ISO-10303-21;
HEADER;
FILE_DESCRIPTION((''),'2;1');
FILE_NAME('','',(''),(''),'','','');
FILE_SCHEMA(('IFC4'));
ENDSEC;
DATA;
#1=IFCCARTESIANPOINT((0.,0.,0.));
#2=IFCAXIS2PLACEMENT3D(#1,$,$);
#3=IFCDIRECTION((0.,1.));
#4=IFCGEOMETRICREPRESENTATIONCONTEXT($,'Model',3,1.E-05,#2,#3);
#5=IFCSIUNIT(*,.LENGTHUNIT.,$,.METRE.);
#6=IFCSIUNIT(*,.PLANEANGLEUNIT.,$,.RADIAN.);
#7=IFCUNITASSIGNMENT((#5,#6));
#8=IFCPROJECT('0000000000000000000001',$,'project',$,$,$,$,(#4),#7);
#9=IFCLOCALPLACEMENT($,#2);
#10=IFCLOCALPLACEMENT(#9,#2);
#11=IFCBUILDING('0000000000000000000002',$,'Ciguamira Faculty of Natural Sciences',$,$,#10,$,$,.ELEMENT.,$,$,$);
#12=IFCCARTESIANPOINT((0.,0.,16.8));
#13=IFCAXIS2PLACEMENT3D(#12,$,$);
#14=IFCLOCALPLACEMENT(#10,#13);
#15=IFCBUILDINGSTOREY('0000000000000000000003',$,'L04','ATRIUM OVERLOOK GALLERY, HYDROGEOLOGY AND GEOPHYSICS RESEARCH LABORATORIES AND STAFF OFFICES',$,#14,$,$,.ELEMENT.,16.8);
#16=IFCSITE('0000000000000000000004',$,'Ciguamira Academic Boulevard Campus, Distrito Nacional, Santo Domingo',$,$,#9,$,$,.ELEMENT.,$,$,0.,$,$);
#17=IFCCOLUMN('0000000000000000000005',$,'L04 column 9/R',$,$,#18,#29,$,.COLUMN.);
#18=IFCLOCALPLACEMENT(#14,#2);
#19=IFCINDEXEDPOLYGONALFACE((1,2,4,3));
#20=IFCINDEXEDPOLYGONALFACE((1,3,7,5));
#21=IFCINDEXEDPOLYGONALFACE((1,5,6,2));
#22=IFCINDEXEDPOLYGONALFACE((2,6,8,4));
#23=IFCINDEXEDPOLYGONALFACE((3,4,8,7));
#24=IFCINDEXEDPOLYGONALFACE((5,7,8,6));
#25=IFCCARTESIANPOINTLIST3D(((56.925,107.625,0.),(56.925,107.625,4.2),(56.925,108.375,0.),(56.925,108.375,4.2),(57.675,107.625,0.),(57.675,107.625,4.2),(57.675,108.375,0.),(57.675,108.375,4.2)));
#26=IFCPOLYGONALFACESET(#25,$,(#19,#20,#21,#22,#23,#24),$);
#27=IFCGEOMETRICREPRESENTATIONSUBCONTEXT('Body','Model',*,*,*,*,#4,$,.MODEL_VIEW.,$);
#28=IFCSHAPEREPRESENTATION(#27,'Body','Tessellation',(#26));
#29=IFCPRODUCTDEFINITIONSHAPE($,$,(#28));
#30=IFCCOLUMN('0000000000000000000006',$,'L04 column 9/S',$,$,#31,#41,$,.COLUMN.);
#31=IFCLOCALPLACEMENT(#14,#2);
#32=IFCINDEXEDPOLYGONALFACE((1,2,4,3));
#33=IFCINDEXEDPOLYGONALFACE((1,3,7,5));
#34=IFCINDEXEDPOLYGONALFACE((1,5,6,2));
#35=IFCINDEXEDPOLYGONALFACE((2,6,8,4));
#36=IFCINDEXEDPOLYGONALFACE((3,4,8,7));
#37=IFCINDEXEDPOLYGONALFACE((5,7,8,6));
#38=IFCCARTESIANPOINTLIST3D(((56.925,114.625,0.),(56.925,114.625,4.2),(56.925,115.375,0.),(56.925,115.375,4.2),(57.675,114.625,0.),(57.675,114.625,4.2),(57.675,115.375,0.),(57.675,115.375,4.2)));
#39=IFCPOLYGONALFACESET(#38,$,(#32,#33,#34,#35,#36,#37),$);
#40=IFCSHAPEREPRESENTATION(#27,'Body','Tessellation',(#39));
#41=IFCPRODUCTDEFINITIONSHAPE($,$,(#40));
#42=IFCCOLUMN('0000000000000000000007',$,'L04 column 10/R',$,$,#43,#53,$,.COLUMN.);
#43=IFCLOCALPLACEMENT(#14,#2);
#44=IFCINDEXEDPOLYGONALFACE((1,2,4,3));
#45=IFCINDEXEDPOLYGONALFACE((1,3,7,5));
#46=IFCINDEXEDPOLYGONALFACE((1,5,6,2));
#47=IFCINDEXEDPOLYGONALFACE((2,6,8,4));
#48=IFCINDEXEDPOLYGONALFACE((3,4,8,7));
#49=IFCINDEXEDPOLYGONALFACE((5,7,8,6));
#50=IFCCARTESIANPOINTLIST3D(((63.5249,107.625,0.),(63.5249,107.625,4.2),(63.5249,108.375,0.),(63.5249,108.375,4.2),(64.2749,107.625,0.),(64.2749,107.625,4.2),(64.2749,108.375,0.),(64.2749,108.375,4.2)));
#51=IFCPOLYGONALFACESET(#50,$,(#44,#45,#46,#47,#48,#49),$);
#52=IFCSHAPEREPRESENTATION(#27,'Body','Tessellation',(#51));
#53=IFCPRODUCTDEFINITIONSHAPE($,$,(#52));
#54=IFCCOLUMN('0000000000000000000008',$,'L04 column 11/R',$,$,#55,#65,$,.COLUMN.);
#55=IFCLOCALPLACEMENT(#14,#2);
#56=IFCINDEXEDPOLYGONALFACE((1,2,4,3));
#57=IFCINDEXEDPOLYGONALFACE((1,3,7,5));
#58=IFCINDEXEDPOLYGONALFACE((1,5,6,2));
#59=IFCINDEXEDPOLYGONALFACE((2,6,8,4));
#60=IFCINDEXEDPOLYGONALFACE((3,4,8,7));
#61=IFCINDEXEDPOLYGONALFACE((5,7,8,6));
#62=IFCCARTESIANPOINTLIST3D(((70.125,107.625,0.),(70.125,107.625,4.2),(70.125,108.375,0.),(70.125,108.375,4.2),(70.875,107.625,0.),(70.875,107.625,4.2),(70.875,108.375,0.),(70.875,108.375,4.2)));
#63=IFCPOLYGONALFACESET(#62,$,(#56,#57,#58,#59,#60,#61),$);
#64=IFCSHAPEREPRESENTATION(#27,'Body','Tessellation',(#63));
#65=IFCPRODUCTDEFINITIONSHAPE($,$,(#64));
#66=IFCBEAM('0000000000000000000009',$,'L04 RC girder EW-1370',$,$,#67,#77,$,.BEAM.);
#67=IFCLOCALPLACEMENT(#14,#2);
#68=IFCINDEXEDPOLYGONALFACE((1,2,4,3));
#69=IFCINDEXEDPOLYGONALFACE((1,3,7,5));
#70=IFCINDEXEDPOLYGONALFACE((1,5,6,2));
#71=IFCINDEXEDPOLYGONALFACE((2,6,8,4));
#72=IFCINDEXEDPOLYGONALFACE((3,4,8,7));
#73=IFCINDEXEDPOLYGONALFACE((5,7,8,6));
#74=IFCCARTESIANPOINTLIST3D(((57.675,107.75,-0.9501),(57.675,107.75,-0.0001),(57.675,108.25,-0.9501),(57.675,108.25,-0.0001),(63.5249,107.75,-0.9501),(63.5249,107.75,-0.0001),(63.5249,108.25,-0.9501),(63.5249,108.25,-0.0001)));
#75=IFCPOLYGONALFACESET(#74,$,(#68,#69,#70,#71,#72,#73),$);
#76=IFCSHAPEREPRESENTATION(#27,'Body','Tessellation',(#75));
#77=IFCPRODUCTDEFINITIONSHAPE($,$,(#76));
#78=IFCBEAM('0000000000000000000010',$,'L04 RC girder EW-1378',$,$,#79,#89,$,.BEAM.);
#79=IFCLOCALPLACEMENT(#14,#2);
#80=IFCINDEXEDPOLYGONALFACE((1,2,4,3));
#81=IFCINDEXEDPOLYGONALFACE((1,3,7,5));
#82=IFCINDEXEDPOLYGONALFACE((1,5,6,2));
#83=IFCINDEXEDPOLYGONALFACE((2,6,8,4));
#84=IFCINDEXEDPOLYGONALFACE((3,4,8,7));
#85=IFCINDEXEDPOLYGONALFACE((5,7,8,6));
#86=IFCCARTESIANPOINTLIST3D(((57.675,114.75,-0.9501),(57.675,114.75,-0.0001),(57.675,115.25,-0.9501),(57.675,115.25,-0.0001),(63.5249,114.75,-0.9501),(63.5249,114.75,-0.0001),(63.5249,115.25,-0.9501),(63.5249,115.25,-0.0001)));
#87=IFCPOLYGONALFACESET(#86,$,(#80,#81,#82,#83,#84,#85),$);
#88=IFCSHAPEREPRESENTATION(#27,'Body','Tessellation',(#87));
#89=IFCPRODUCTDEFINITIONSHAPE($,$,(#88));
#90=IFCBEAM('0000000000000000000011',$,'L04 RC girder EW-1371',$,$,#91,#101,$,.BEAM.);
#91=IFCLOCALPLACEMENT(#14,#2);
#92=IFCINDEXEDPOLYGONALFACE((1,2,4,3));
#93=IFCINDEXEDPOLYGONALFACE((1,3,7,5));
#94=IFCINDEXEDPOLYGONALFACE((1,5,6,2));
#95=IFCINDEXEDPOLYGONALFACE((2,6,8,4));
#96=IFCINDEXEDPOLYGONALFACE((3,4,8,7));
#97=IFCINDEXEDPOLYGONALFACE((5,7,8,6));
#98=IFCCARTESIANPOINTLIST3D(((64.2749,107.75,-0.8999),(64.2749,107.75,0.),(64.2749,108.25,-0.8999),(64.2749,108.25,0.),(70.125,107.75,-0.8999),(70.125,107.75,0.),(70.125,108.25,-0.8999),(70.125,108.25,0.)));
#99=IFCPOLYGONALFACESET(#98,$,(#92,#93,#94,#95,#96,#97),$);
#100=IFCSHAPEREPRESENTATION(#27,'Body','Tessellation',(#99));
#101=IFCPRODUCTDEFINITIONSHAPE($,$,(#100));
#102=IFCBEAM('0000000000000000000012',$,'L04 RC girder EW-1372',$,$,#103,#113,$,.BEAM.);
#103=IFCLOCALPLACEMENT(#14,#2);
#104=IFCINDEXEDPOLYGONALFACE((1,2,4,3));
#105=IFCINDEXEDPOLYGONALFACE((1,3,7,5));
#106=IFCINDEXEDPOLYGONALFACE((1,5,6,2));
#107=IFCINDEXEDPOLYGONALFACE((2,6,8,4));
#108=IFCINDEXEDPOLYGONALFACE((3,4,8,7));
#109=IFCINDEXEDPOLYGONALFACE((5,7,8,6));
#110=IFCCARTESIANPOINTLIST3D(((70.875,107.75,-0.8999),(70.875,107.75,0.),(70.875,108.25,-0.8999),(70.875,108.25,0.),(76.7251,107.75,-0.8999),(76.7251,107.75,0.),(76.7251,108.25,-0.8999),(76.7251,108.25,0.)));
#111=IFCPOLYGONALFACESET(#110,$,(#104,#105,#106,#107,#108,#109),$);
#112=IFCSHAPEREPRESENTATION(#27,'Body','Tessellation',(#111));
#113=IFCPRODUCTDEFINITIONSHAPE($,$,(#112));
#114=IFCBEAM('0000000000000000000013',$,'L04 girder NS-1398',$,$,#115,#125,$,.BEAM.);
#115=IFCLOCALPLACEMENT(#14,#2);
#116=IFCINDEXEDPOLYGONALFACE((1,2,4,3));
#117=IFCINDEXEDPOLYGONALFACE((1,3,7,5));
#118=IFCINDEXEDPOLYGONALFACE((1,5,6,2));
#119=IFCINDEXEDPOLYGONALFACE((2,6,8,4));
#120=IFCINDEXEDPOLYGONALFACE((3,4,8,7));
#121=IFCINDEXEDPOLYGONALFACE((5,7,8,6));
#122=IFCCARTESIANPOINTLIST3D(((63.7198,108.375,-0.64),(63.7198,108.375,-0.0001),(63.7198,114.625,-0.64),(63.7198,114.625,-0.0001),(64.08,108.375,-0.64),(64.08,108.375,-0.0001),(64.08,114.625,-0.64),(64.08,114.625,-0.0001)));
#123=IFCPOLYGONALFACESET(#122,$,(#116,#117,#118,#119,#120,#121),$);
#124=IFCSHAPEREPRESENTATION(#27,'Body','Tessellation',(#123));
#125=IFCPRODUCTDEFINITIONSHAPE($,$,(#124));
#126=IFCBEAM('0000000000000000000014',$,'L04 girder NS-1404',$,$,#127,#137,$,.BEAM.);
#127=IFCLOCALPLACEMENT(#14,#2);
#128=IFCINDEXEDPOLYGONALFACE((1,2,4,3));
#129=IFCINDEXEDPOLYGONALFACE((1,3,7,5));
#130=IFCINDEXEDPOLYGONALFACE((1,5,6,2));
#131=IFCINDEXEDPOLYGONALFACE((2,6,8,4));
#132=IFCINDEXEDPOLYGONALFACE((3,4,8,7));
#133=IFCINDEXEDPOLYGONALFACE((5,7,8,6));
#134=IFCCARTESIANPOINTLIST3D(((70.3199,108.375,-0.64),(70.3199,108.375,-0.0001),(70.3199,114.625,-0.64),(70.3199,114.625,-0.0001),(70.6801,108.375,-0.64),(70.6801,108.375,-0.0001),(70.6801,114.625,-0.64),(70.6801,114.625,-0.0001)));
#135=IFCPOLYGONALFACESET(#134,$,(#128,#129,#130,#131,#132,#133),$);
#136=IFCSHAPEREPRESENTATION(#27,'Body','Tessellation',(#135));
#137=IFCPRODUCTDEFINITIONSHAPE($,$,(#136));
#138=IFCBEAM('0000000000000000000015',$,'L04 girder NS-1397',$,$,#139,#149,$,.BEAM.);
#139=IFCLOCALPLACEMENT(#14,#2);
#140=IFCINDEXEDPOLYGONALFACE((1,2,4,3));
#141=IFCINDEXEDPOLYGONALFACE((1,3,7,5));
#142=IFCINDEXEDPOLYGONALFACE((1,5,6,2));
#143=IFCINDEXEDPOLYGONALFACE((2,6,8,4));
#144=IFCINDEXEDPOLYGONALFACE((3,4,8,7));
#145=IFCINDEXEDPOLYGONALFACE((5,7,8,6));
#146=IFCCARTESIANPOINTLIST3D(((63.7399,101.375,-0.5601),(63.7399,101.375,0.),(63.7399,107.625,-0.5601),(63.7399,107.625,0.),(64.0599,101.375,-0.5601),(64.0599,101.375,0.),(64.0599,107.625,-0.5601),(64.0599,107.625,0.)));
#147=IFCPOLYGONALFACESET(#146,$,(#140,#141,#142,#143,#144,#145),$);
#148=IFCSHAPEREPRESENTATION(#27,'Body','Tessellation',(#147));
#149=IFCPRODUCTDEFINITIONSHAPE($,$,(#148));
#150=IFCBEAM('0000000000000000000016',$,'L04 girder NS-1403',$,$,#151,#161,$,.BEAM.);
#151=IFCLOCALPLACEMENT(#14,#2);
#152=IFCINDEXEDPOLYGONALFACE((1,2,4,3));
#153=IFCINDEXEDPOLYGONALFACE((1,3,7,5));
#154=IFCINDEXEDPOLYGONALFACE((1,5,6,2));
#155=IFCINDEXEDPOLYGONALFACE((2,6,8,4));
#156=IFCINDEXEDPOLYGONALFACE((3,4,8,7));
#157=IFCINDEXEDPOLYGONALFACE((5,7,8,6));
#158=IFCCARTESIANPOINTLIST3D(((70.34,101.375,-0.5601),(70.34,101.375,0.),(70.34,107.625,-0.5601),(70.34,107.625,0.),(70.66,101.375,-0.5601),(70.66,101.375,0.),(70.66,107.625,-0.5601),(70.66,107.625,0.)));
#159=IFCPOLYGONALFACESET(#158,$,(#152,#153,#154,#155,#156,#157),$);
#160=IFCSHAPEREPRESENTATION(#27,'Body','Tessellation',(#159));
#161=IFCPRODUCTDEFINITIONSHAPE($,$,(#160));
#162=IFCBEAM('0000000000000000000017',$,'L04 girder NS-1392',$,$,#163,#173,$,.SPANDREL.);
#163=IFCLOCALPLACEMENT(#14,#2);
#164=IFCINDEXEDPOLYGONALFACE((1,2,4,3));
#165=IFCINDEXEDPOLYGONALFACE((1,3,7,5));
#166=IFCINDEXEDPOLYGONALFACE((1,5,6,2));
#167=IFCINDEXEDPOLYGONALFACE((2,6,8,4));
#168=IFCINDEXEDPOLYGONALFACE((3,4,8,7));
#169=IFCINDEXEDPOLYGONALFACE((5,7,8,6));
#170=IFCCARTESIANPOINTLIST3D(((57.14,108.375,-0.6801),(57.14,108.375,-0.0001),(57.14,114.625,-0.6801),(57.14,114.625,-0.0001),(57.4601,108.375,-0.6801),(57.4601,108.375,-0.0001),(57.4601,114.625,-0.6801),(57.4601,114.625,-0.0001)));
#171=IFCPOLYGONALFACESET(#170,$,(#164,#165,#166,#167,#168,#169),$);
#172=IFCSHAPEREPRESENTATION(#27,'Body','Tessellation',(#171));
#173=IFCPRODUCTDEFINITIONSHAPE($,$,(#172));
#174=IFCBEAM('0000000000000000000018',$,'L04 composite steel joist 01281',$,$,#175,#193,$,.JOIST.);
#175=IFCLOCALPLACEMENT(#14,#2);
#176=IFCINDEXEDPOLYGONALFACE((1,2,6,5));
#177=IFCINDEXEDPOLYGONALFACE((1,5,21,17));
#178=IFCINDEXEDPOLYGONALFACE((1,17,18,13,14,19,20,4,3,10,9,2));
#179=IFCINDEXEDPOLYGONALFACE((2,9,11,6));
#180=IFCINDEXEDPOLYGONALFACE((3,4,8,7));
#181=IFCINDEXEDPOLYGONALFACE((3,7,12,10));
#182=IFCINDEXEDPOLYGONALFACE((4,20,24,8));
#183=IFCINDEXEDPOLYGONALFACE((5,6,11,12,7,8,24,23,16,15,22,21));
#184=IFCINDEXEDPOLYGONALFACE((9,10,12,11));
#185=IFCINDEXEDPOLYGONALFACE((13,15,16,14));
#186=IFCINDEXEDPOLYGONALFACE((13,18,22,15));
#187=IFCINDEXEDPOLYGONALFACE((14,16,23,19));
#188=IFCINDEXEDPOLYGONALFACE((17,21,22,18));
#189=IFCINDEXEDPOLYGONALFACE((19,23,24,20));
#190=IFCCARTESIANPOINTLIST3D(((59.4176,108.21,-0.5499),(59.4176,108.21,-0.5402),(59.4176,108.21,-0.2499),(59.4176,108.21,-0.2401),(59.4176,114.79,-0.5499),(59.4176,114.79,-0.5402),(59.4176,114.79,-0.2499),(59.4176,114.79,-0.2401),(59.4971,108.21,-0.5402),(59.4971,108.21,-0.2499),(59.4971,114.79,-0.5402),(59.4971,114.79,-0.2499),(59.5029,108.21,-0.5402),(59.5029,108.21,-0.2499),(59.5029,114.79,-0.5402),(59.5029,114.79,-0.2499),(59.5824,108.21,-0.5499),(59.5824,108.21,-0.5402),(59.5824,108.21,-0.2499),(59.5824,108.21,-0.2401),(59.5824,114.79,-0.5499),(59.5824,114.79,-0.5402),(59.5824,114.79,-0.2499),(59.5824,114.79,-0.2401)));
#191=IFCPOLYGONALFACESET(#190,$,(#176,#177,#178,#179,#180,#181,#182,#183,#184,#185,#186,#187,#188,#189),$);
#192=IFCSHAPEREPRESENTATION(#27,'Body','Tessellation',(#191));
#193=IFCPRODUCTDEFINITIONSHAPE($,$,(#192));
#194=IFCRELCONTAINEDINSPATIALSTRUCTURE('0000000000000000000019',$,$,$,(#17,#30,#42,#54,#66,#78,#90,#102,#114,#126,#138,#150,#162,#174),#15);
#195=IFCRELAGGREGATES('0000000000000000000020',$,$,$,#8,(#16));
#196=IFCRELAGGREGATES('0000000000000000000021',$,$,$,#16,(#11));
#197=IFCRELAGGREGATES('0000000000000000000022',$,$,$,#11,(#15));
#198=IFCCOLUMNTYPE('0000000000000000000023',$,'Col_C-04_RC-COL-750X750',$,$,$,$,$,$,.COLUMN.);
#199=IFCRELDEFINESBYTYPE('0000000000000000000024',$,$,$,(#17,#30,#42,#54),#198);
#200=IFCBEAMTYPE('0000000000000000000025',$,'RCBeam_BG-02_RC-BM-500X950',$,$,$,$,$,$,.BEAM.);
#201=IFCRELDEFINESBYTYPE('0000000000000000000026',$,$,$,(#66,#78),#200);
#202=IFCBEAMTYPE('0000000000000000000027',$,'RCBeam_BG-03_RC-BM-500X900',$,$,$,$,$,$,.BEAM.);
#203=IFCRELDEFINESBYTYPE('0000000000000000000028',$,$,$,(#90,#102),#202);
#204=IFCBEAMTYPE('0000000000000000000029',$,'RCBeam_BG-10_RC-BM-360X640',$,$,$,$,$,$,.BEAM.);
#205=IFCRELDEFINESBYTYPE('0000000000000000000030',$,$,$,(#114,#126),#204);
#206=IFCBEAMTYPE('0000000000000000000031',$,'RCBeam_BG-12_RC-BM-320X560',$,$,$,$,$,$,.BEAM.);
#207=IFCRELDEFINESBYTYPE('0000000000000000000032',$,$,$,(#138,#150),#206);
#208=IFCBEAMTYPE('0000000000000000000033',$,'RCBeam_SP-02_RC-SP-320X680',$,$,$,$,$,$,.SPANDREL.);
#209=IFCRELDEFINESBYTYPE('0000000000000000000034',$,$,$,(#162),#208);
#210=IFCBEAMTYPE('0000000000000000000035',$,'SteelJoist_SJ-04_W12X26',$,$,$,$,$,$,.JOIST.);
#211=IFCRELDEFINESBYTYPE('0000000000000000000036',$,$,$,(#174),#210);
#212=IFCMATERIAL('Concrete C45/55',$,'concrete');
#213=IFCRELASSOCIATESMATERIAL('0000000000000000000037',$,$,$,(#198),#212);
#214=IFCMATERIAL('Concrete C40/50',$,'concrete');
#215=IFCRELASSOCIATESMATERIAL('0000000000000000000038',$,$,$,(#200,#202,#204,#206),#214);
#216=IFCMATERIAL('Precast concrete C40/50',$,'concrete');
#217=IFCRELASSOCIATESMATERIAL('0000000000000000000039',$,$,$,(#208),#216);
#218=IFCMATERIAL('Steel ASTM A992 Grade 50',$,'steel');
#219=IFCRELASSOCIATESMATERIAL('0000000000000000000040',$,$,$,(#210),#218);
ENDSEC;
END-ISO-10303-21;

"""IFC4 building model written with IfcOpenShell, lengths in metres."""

from ifc_helpers import new_model, si_unit, direction, frame, origin, origin_2d, place, context, subcontext, project, spatial, rectangle, i_section, extrude, material, material_profile, profile_set, type_object, element, save


model = new_model("IFC4")

# Units and contexts
model_context = context("Model", 3, precision=1e-05, world=origin(), true_north=direction((0.0, 1.0)))
body_context = subcontext(model_context, "Body", "Model", "MODEL_VIEW")
ifc_project = project(units=[si_unit("LENGTHUNIT", "METRE"), si_unit("PLANEANGLEUNIT", "RADIAN")], contexts=[model_context])

# Site, building, storey
site_placement = place(None, origin())
site = spatial("IfcSite", under=ifc_project, at=site_placement, Name="Ciguamira Academic Boulevard Campus, Distrito Nacional, Santo Domingo", CompositionType="ELEMENT", RefElevation=0.0)
building_placement = place(site_placement, origin())
building = spatial("IfcBuilding", under=site, at=building_placement, Name="Ciguamira Faculty of Natural Sciences", CompositionType="ELEMENT")
storey_placement = place(building_placement, frame((0.0, 0.0, 16.8)))
storey = spatial("IfcBuildingStorey", under=building, at=storey_placement, Name="L04", Description="ATRIUM OVERLOOK GALLERY, HYDROGEOLOGY AND GEOPHYSICS RESEARCH LABORATORIES AND STAFF OFFICES", CompositionType="ELEMENT", Elevation=16.8)

# Columns
ifc_material_1 = material(Name="Concrete C45/55", Category="concrete")
ifc_material_profile_1 = material_profile(ifc_material_1, rectangle(XDim=0.75, YDim=0.75, at=origin_2d()), Name="RC-COL-750X750")
ifc_profile_set_1 = profile_set([ifc_material_profile_1], Name="Concrete C45/55")
column_type = type_object("IfcColumnType", Name="Col_C-04_RC-COL-750X750", PredefinedType="COLUMN", material=ifc_profile_set_1)
for number, where, z_axis, x_axis, name in (
    (1, (57.3, 108.0, 0.0), (0.0, 0.0, 1.0), (1.0, 0.0, 0.0), "L04 column 9/R"),
    (2, (57.3, 115.0, 0.0), (0.0, 0.0, 1.0), (1.0, 0.0, 0.0), "L04 column 9/S"),
    (3, (63.8999, 108.0, 0.0), (0.0, 0.0, 1.0), (1.0, 0.0, 0.0), "L04 column 10/R"),
    (4, (70.5, 108.0, 0.0), (0.0, 0.0, 1.0), (1.0, 0.0, 0.0), "L04 column 11/R"),
):
    element("IfcColumn", number, at=place(storey_placement, frame(where, z_axis=z_axis, x_axis=x_axis)), inside=storey, type_object=column_type, Name=name, PredefinedType="COLUMN", context=body_context, shape_type="SweptSolid", body=[
        extrude(rectangle(XDim=0.75, YDim=0.75, at=origin_2d()), origin(), (0.0, 0.0, 1.0), 4.2),
    ])

# Beams
ifc_material_2 = material(Name="Concrete C40/50", Category="concrete")
ifc_material_profile_2 = material_profile(ifc_material_2, rectangle(XDim=0.5, YDim=0.95, at=origin_2d()), Name="RC-BM-500X950")
ifc_profile_set_2 = profile_set([ifc_material_profile_2], Name="Concrete C40/50")
beam_type_1 = type_object("IfcBeamType", Name="RCBeam_BG-02_RC-BM-500X950", PredefinedType="BEAM", material=ifc_profile_set_2)
for number, where, z_axis, x_axis, name in (
    (5, (57.675, 108.0, -0.4751), (1.0, 0.0, 0.0), (0.0, 1.0, 0.0), "L04 RC girder EW-1370"),
    (6, (57.675, 115.0, -0.4751), (1.0, 0.0, 0.0), (0.0, 1.0, 0.0), "L04 RC girder EW-1378"),
):
    element("IfcBeam", number, at=place(storey_placement, frame(where, z_axis=z_axis, x_axis=x_axis)), inside=storey, type_object=beam_type_1, Name=name, PredefinedType="BEAM", context=body_context, shape_type="SweptSolid", body=[
        extrude(rectangle(XDim=0.5, YDim=0.95, at=origin_2d()), origin(), (0.0, 0.0, 1.0), 5.8499),
    ])
ifc_material_profile_3 = material_profile(ifc_material_2, rectangle(XDim=0.5, YDim=0.8999, at=origin_2d()), Name="RC-BM-500X900")
ifc_profile_set_3 = profile_set([ifc_material_profile_3], Name="Concrete C40/50")
beam_type_2 = type_object("IfcBeamType", Name="RCBeam_BG-03_RC-BM-500X900", PredefinedType="BEAM", material=ifc_profile_set_3)
for number, where, z_axis, x_axis, name in (
    (7, (64.2749, 108.0, -0.45), (1.0, 0.0, 0.0), (0.0, 1.0, 0.0), "L04 RC girder EW-1371"),
    (8, (70.875, 108.0, -0.45), (1.0, 0.0, 0.0), (0.0, 1.0, 0.0), "L04 RC girder EW-1372"),
):
    element("IfcBeam", number, at=place(storey_placement, frame(where, z_axis=z_axis, x_axis=x_axis)), inside=storey, type_object=beam_type_2, Name=name, PredefinedType="BEAM", context=body_context, shape_type="SweptSolid", body=[
        extrude(rectangle(XDim=0.5, YDim=0.8999, at=origin_2d()), origin(), (0.0, 0.0, 1.0), 5.8501),
    ])
ifc_material_profile_4 = material_profile(ifc_material_2, rectangle(XDim=0.3601, YDim=0.6399, at=origin_2d()), Name="RC-BM-360X640")
ifc_profile_set_4 = profile_set([ifc_material_profile_4], Name="Concrete C40/50")
beam_type_3 = type_object("IfcBeamType", Name="RCBeam_BG-10_RC-BM-360X640", PredefinedType="BEAM", material=ifc_profile_set_4)
for number, where, z_axis, x_axis, name in (
    (9, (63.8999, 108.375, -0.3201), (0.0, 1.0, 0.0), (-1.0, 0.0, 0.0), "L04 girder NS-1398"),
    (10, (70.5, 108.375, -0.3201), (0.0, 1.0, 0.0), (-1.0, 0.0, 0.0), "L04 girder NS-1404"),
):
    element("IfcBeam", number, at=place(storey_placement, frame(where, z_axis=z_axis, x_axis=x_axis)), inside=storey, type_object=beam_type_3, Name=name, PredefinedType="BEAM", context=body_context, shape_type="SweptSolid", body=[
        extrude(rectangle(XDim=0.3601, YDim=0.6399, at=origin_2d()), origin(), (0.0, 0.0, 1.0), 6.25),
    ])
ifc_material_profile_5 = material_profile(ifc_material_2, rectangle(XDim=0.3201, YDim=0.5601, at=origin_2d()), Name="RC-BM-320X560")
ifc_profile_set_5 = profile_set([ifc_material_profile_5], Name="Concrete C40/50")
beam_type_4 = type_object("IfcBeamType", Name="RCBeam_BG-12_RC-BM-320X560", PredefinedType="BEAM", material=ifc_profile_set_5)
for number, where, z_axis, x_axis, name in (
    (11, (63.8999, 101.375, -0.28), (0.0, 1.0, 0.0), (-1.0, 0.0, 0.0), "L04 girder NS-1397"),
    (12, (70.5, 101.375, -0.28), (0.0, 1.0, 0.0), (-1.0, 0.0, 0.0), "L04 girder NS-1403"),
):
    element("IfcBeam", number, at=place(storey_placement, frame(where, z_axis=z_axis, x_axis=x_axis)), inside=storey, type_object=beam_type_4, Name=name, PredefinedType="BEAM", context=body_context, shape_type="SweptSolid", body=[
        extrude(rectangle(XDim=0.3201, YDim=0.5601, at=origin_2d()), origin(), (0.0, 0.0, 1.0), 6.25),
    ])
ifc_material_3 = material(Name="Precast concrete C40/50", Category="concrete")
ifc_material_profile_6 = material_profile(ifc_material_3, rectangle(XDim=0.3201, YDim=0.6799, at=origin_2d()), Name="RC-SP-320X680")
ifc_profile_set_6 = profile_set([ifc_material_profile_6], Name="Precast concrete C40/50")
beam_type_5 = type_object("IfcBeamType", Name="RCBeam_SP-02_RC-SP-320X680", PredefinedType="SPANDREL", material=ifc_profile_set_6)
beam_1_placement = place(storey_placement, frame((57.3, 108.375, -0.3401), z_axis=(0.0, 1.0, 0.0), x_axis=(-1.0, 0.0, 0.0)))
element("IfcBeam", 13, at=beam_1_placement, inside=storey, type_object=beam_type_5, Name="L04 girder NS-1392", PredefinedType="SPANDREL", context=body_context, shape_type="SweptSolid", body=[
    extrude(rectangle(XDim=0.3201, YDim=0.6799, at=origin_2d()), origin(), (0.0, 0.0, 1.0), 6.25),
])
ifc_material_4 = material(Name="Steel ASTM A992 Grade 50", Category="steel")
ifc_material_profile_7 = material_profile(ifc_material_4, i_section(OverallWidth=0.1648, OverallDepth=0.3098, WebThickness=0.0059, FlangeThickness=0.0098, at=origin_2d()), Name="W12X26")
ifc_profile_set_7 = profile_set([ifc_material_profile_7], Name="Steel ASTM A992 Grade 50")
beam_type_6 = type_object("IfcBeamType", Name="SteelJoist_SJ-04_W12X26", PredefinedType="JOIST", material=ifc_profile_set_7)
beam_2_placement = place(storey_placement, frame((59.5, 108.21, -0.395), z_axis=(0.0, 1.0, 0.0), x_axis=(-1.0, 0.0, 0.0)))
element("IfcBeam", 14, at=beam_2_placement, inside=storey, type_object=beam_type_6, Name="L04 composite steel joist 01281", PredefinedType="JOIST", context=body_context, shape_type="SweptSolid", body=[
    extrude(i_section(OverallWidth=0.1648, OverallDepth=0.3098, WebThickness=0.0059, FlangeThickness=0.0098, at=origin_2d()), origin(), (0.0, 0.0, 1.0), 6.5801),
])

save(model, "model.ifc")
